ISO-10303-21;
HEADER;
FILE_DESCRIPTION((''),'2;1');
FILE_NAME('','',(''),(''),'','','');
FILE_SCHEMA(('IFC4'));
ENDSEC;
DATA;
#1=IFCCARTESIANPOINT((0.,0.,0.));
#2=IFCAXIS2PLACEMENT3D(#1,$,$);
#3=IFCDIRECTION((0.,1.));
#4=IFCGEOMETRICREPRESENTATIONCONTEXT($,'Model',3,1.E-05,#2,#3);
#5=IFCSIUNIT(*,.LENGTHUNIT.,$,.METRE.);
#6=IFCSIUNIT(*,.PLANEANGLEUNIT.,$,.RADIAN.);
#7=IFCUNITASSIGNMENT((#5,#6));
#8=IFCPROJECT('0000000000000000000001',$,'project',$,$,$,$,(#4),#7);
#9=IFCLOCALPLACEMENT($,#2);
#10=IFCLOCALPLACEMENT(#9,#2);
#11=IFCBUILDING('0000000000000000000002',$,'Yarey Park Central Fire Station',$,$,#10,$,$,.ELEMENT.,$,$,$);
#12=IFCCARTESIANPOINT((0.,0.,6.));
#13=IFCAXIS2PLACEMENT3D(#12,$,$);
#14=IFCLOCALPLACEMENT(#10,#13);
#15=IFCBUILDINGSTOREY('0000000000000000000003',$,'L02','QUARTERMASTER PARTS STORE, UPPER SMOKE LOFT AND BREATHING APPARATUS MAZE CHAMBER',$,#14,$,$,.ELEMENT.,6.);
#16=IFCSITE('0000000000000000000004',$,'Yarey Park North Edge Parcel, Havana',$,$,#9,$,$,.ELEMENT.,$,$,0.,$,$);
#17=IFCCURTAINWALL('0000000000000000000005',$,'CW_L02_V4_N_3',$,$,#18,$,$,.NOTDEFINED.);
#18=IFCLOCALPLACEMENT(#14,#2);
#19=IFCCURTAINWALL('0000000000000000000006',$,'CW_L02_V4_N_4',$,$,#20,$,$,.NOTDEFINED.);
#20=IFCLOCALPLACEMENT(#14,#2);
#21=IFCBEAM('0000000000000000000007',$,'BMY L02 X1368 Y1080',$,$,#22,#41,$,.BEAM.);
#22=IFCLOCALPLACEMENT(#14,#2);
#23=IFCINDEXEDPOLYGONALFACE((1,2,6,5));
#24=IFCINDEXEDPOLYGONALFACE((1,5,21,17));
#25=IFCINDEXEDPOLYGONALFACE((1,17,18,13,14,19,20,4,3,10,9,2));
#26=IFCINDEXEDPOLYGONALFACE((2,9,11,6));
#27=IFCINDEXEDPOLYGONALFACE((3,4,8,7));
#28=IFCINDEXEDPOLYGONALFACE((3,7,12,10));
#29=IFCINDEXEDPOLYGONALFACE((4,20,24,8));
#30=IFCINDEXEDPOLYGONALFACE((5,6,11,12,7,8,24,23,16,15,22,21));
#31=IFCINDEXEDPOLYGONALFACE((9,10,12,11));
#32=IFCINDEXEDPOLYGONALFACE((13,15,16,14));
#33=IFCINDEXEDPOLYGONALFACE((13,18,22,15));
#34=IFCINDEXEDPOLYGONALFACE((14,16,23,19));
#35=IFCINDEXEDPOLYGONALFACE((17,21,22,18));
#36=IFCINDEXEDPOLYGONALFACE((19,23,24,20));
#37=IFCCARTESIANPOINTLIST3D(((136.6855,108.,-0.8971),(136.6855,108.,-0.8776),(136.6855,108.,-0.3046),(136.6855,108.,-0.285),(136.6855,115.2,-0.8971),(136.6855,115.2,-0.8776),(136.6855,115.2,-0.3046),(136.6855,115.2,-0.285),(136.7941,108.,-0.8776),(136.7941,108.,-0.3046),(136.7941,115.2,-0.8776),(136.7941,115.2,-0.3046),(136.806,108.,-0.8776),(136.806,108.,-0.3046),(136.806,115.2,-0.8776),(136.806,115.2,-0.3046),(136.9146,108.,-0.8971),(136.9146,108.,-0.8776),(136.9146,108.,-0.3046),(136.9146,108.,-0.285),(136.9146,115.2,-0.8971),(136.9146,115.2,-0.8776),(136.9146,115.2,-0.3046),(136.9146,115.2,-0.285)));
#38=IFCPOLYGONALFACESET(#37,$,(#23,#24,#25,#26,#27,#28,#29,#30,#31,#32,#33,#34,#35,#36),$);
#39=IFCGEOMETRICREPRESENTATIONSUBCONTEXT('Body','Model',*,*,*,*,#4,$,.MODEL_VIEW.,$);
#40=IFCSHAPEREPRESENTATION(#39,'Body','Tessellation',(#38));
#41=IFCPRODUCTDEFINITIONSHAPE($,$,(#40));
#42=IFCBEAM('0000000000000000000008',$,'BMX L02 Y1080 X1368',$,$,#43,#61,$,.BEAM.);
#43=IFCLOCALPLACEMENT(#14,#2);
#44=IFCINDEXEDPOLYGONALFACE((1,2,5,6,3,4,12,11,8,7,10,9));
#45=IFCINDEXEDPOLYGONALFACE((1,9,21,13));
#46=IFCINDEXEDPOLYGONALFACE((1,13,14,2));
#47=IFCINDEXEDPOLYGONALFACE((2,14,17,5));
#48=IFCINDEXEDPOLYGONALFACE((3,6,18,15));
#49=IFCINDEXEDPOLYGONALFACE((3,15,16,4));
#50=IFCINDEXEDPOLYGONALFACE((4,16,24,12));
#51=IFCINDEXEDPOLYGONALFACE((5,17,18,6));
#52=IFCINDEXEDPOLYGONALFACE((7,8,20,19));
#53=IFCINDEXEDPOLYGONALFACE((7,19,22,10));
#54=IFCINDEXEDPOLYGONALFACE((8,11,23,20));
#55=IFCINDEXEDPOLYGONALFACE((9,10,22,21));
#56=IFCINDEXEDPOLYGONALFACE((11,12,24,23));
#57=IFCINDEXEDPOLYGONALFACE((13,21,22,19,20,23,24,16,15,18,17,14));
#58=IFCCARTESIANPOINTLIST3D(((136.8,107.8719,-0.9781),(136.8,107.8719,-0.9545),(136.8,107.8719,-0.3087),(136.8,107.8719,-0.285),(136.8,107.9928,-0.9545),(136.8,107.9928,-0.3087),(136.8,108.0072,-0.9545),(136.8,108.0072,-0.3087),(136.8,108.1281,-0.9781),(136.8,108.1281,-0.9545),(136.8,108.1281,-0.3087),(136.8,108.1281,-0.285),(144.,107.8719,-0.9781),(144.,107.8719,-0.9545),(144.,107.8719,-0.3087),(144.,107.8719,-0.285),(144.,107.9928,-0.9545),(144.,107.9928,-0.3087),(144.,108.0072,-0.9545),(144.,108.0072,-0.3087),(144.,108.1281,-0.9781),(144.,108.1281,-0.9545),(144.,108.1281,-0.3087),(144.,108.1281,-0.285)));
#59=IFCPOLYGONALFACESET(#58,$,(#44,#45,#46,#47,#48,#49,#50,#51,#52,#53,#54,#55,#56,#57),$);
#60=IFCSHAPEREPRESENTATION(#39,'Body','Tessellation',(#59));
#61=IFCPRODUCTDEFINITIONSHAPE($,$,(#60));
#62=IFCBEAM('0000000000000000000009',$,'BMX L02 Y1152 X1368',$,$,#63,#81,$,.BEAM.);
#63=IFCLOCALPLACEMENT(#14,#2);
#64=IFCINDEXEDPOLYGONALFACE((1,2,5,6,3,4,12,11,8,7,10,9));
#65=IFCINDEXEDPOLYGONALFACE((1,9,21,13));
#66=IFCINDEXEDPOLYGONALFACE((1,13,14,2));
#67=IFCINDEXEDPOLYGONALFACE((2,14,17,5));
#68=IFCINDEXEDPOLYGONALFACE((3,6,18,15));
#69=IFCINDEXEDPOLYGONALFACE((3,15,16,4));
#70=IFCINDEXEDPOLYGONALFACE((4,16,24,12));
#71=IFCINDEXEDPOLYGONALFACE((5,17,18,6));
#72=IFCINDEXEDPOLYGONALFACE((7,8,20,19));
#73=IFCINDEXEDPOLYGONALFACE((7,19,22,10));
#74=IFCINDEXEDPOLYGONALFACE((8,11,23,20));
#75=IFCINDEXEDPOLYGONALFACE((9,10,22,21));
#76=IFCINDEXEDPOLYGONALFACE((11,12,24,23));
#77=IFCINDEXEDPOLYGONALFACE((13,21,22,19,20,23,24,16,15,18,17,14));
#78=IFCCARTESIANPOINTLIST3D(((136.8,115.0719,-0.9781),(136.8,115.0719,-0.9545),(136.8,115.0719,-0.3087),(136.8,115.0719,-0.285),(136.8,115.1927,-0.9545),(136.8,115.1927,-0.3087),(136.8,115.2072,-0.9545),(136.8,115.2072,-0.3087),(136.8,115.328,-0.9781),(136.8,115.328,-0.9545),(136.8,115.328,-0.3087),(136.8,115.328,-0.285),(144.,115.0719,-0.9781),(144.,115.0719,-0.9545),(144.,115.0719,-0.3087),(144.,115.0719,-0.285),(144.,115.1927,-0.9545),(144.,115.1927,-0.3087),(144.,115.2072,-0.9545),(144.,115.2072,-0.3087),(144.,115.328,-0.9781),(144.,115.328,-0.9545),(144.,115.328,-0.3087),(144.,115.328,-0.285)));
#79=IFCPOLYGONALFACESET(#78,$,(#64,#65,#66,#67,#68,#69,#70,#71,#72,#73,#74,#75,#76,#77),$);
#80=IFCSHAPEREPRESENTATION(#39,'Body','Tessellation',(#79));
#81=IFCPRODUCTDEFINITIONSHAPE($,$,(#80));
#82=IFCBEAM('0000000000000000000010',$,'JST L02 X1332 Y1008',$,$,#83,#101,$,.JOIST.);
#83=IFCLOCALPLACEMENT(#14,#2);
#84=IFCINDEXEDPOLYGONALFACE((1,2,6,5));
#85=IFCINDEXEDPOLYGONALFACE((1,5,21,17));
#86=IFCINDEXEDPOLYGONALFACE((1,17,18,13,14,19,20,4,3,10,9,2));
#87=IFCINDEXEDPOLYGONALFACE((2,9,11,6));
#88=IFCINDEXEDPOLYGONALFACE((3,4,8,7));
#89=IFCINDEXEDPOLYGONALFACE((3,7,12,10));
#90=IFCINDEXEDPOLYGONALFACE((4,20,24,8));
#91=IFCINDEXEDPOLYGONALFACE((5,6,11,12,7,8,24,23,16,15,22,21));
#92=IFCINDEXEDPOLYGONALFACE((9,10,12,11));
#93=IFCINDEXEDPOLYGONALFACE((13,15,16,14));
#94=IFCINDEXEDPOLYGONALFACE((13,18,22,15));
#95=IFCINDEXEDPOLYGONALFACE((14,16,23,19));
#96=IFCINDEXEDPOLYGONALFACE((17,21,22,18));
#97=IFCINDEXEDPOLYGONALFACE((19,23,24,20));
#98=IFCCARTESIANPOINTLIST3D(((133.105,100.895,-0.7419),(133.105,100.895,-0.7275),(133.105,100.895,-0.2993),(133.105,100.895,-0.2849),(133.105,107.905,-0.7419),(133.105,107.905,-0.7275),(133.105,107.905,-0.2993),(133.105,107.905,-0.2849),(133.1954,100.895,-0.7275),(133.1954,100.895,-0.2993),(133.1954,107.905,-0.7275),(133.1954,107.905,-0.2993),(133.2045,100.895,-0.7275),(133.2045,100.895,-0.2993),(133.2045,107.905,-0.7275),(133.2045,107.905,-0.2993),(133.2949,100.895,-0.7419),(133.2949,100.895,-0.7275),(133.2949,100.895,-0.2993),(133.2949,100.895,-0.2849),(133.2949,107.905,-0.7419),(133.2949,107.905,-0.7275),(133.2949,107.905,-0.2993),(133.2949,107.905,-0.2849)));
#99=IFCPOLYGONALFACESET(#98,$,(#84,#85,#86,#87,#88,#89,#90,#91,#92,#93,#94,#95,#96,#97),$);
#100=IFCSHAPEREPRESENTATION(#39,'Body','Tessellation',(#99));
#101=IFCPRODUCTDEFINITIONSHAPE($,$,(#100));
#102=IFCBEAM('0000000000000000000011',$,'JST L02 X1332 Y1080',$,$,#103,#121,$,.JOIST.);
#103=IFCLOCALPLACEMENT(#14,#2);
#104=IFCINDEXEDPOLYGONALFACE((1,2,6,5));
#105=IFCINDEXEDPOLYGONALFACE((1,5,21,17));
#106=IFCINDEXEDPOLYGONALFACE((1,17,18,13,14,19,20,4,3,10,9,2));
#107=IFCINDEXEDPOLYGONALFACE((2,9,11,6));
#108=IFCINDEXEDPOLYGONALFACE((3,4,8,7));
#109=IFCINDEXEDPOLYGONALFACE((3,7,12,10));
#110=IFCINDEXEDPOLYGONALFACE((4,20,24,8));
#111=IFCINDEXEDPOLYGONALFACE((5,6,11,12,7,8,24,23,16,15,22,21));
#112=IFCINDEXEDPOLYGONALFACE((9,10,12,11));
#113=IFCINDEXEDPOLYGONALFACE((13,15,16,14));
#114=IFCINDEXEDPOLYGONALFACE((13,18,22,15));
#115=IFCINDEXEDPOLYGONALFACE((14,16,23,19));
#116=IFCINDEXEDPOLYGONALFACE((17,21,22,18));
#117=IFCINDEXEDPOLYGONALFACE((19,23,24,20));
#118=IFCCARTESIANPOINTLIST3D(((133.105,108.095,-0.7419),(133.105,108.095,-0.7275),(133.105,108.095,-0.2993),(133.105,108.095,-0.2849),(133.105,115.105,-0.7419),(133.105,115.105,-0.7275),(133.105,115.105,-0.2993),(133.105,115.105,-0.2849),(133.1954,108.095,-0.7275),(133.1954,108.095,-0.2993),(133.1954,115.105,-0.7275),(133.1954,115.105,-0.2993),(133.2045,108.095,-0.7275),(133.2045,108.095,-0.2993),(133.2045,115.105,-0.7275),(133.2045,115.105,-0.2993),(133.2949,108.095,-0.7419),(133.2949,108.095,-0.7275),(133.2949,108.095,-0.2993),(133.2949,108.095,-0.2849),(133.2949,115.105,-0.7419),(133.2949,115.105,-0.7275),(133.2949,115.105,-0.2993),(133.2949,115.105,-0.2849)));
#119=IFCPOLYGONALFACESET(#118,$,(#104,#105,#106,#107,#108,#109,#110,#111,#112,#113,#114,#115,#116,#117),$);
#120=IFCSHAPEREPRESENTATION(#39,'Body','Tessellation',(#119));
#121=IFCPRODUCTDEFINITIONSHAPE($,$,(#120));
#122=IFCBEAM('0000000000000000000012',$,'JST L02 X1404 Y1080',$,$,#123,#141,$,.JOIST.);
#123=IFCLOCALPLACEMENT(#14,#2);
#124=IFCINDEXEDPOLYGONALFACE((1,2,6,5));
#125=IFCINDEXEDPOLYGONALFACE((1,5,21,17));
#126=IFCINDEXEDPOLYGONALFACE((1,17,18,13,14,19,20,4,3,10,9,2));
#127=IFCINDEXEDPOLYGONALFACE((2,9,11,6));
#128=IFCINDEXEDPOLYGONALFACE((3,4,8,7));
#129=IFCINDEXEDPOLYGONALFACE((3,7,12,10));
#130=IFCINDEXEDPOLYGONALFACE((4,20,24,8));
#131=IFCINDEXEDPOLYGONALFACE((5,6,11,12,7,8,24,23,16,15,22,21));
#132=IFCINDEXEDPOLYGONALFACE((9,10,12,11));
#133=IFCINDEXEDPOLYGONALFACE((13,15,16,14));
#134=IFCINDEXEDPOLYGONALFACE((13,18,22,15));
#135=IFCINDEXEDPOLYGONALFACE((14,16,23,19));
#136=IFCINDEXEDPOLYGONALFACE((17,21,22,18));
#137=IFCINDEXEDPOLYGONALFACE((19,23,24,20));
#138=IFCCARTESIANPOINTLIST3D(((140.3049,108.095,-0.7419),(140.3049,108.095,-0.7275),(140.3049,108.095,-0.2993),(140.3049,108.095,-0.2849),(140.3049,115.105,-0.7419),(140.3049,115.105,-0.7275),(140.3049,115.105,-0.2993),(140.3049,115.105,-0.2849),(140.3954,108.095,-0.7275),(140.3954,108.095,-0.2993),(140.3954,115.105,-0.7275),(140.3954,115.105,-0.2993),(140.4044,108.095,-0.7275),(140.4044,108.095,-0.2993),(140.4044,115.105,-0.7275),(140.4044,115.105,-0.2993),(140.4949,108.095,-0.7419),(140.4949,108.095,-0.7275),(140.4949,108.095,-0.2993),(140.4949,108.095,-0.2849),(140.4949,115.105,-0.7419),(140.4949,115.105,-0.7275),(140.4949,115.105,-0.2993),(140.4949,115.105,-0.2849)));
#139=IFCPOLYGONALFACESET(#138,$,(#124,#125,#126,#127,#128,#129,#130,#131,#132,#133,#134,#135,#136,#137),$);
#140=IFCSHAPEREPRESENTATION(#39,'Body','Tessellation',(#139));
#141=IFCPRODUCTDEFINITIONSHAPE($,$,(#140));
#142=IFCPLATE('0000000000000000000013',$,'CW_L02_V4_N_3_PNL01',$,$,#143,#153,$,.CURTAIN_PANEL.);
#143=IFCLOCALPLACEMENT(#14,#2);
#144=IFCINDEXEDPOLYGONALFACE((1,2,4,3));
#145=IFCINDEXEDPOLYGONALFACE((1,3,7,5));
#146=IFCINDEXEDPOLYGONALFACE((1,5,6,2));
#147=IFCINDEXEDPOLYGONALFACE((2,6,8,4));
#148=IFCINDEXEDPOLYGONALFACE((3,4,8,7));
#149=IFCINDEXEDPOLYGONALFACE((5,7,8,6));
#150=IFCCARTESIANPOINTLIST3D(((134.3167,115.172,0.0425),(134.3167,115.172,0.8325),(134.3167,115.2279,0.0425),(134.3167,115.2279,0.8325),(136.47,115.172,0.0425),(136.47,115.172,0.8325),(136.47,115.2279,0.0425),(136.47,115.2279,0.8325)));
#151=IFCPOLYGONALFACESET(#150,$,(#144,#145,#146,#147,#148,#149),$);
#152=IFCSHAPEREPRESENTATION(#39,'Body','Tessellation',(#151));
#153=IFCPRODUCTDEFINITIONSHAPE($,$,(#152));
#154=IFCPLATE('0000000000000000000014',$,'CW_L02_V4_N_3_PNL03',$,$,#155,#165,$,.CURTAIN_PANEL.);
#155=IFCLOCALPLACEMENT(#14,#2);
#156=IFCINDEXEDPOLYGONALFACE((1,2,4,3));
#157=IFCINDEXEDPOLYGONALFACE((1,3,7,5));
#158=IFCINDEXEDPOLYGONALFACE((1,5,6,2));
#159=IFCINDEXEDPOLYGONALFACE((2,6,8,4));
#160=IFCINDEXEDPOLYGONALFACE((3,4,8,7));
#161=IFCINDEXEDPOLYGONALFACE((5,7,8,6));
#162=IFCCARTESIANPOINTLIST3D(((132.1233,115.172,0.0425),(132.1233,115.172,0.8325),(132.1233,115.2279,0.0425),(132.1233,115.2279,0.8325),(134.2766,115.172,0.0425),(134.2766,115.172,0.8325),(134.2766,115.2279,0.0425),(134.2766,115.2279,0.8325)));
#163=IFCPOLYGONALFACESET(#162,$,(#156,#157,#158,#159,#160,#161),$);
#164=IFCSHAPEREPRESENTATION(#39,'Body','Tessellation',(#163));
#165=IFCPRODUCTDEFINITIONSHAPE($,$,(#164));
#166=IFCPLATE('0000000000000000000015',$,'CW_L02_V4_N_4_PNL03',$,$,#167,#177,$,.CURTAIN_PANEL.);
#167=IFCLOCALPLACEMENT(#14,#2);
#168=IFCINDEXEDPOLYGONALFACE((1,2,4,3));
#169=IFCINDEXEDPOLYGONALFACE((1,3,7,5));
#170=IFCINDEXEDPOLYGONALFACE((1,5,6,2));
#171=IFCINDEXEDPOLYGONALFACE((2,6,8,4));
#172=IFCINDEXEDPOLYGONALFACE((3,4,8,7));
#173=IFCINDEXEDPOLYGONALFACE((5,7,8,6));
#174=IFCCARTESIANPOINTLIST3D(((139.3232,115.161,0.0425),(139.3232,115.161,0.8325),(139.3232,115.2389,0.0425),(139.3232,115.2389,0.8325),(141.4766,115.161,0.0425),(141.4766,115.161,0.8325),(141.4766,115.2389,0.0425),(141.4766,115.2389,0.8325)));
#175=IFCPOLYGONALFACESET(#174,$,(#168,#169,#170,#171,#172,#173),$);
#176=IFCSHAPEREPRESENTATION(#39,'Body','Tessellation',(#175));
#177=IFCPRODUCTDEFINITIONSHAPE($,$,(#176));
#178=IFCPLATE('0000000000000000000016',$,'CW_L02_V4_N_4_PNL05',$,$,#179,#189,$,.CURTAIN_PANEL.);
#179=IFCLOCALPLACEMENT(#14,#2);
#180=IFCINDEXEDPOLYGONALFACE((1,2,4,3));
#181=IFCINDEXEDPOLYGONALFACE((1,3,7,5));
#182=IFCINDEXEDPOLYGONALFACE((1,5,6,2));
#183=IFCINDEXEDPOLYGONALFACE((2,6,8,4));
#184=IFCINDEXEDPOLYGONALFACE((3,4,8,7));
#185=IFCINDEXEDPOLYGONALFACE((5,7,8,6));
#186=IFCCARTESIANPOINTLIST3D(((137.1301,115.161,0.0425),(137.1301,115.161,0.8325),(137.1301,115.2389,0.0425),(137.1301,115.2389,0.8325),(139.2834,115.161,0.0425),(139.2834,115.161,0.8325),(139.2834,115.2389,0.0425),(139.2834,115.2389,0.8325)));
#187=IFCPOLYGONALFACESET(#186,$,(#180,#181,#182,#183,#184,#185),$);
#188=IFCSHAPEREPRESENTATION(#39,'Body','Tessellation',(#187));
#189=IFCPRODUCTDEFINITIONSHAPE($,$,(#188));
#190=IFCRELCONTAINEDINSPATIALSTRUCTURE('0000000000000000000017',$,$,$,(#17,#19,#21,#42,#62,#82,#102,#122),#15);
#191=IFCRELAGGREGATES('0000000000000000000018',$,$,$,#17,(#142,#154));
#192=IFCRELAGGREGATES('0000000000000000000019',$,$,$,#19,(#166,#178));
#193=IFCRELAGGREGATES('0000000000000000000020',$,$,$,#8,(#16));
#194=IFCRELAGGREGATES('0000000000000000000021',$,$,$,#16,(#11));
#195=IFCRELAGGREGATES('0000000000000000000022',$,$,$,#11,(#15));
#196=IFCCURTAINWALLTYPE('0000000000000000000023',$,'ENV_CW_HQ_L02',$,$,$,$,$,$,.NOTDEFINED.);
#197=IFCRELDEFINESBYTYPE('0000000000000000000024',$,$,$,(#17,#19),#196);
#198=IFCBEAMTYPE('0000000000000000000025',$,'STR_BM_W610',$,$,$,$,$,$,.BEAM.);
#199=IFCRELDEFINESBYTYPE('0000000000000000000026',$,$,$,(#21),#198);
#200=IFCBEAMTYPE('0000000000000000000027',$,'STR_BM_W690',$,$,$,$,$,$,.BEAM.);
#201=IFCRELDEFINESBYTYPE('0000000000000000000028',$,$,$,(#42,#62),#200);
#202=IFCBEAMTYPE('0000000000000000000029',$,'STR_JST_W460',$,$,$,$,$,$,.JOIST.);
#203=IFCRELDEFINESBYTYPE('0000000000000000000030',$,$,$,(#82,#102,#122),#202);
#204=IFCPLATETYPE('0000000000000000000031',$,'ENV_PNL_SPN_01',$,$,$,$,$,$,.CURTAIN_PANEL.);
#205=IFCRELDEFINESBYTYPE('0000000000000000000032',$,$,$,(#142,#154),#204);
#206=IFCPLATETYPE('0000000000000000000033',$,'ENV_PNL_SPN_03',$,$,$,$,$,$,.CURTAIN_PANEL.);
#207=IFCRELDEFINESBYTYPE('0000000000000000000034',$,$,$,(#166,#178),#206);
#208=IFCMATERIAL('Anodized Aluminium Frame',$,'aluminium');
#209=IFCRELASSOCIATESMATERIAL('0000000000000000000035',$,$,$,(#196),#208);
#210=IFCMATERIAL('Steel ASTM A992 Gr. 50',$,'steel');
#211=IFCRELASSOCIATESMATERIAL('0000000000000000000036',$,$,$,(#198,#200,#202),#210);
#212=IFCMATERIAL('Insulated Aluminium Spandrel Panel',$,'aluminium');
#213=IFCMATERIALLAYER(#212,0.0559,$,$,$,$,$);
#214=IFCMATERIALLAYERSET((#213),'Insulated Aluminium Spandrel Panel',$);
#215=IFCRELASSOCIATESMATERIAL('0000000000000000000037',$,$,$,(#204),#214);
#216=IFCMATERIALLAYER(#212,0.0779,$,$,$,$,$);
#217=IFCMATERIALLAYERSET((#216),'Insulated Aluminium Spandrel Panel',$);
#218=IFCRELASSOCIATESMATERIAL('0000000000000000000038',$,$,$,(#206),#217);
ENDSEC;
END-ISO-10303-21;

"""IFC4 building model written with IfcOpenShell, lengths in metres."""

from ifc_helpers import new_model, si_unit, direction, frame, origin, origin_2d, place, context, subcontext, project, spatial, rectangle, i_section, extrude, material, layer, layer_set, material_profile, profile_set, type_object, element, aggregate, save


model = new_model("IFC4")

# Units and contexts
model_context = context("Model", 3, precision=1e-05, world=origin(), true_north=direction((0.0, 1.0)))
body_context = subcontext(model_context, "Body", "Model", "MODEL_VIEW")
ifc_project = project(units=[si_unit("LENGTHUNIT", "METRE"), si_unit("PLANEANGLEUNIT", "RADIAN")], contexts=[model_context])

# Site, building, storey
site_placement = place(None, origin())
site = spatial("IfcSite", under=ifc_project, at=site_placement, Name="Yarey Park North Edge Parcel, Havana", CompositionType="ELEMENT", RefElevation=0.0)
building_placement = place(site_placement, origin())
building = spatial("IfcBuilding", under=site, at=building_placement, Name="Yarey Park Central Fire Station", CompositionType="ELEMENT")
storey_placement = place(building_placement, frame((0.0, 0.0, 6.0)))
storey = spatial("IfcBuildingStorey", under=building, at=storey_placement, Name="L02", Description="QUARTERMASTER PARTS STORE, UPPER SMOKE LOFT AND BREATHING APPARATUS MAZE CHAMBER", CompositionType="ELEMENT", Elevation=6.0)

# Curtain walls
ifc_material_1 = material(Name="Anodized Aluminium Frame", Category="aluminium")
curtain_wall_type = type_object("IfcCurtainWallType", Name="ENV_CW_HQ_L02", PredefinedType="NOTDEFINED", material=ifc_material_1)
curtain_wall_1_placement = place(storey_placement, origin())
curtain_wall_1 = element("IfcCurtainWall", 1, at=curtain_wall_1_placement, inside=storey, type_object=curtain_wall_type, Name="CW_L02_V4_N_3", PredefinedType="NOTDEFINED")
curtain_wall_2_placement = place(storey_placement, origin())
curtain_wall_2 = element("IfcCurtainWall", 2, at=curtain_wall_2_placement, inside=storey, type_object=curtain_wall_type, Name="CW_L02_V4_N_4", PredefinedType="NOTDEFINED")

# Beams
ifc_material_2 = material(Name="Steel ASTM A992 Gr. 50", Category="steel")
ifc_material_profile_1 = material_profile(ifc_material_2, i_section(OverallWidth=0.229, OverallDepth=0.6121, WebThickness=0.012, FlangeThickness=0.0195, at=origin_2d()), Name="W610x125")
ifc_profile_set_1 = profile_set([ifc_material_profile_1], Name="Steel ASTM A992 Gr. 50")
beam_type_1 = type_object("IfcBeamType", Name="STR_BM_W610", PredefinedType="BEAM", material=ifc_profile_set_1)
for number, where, z_axis, x_axis, name in (
    (3, (136.8, 108.0, -0.5911), (0.0, 1.0, 0.0), (-1.0, 0.0, 0.0), "BMY L02 X1368 Y1080"),
):
    element("IfcBeam", number, at=place(storey_placement, frame(where, z_axis=z_axis, x_axis=x_axis)), inside=storey, type_object=beam_type_1, Name=name, PredefinedType="BEAM", context=body_context, shape_type="SweptSolid", body=[
        extrude(i_section(OverallWidth=0.229, OverallDepth=0.6121, WebThickness=0.012, FlangeThickness=0.0195, at=origin_2d()), origin(), (0.0, 0.0, 1.0), 7.2),
    ])
ifc_material_profile_2 = material_profile(ifc_material_2, i_section(OverallWidth=0.2561, OverallDepth=0.6931, WebThickness=0.0144, FlangeThickness=0.0237, at=origin_2d()), Name="W690x170")
ifc_profile_set_2 = profile_set([ifc_material_profile_2], Name="Steel ASTM A992 Gr. 50")
beam_type_2 = type_object("IfcBeamType", Name="STR_BM_W690", PredefinedType="BEAM", material=ifc_profile_set_2)
for number, where, z_axis, x_axis, name in (
    (4, (136.8, 108.0, -0.6316), (1.0, 0.0, 0.0), (0.0, 1.0, 0.0), "BMX L02 Y1080 X1368"),
    (5, (136.8, 115.2, -0.6316), (1.0, 0.0, 0.0), (0.0, 1.0, 0.0), "BMX L02 Y1152 X1368"),
):
    element("IfcBeam", number, at=place(storey_placement, frame(where, z_axis=z_axis, x_axis=x_axis)), inside=storey, type_object=beam_type_2, Name=name, PredefinedType="BEAM", context=body_context, shape_type="SweptSolid", body=[
        extrude(i_section(OverallWidth=0.2561, OverallDepth=0.6931, WebThickness=0.0144, FlangeThickness=0.0237, at=origin_2d()), origin(), (0.0, 0.0, 1.0), 7.2),
    ])
ifc_material_profile_3 = material_profile(ifc_material_2, i_section(OverallWidth=0.1899, OverallDepth=0.457, WebThickness=0.009, FlangeThickness=0.0144, at=origin_2d()), Name="W460x74")
ifc_profile_set_3 = profile_set([ifc_material_profile_3], Name="Steel ASTM A992 Gr. 50")
beam_type_3 = type_object("IfcBeamType", Name="STR_JST_W460", PredefinedType="JOIST", material=ifc_profile_set_3)
for number, where, z_axis, x_axis, name in (
    (6, (133.2, 100.895, -0.5134), (0.0, 1.0, 0.0), (-1.0, 0.0, 0.0), "JST L02 X1332 Y1008"),
    (7, (133.2, 108.095, -0.5134), (0.0, 1.0, 0.0), (-1.0, 0.0, 0.0), "JST L02 X1332 Y1080"),
    (8, (140.3999, 108.095, -0.5134), (0.0, 1.0, 0.0), (-1.0, 0.0, 0.0), "JST L02 X1404 Y1080"),
):
    element("IfcBeam", number, at=place(storey_placement, frame(where, z_axis=z_axis, x_axis=x_axis)), inside=storey, type_object=beam_type_3, Name=name, PredefinedType="JOIST", context=body_context, shape_type="SweptSolid", body=[
        extrude(i_section(OverallWidth=0.1899, OverallDepth=0.457, WebThickness=0.009, FlangeThickness=0.0144, at=origin_2d()), origin(), (0.0, 0.0, 1.0), 7.01),
    ])

# Plates
ifc_material_3 = material(Name="Insulated Aluminium Spandrel Panel", Category="aluminium")
ifc_layer_1 = layer(ifc_material_3, 0.0559)
ifc_layer_set_1 = layer_set([ifc_layer_1], Name="Insulated Aluminium Spandrel Panel")
plate_type_1 = type_object("IfcPlateType", Name="ENV_PNL_SPN_01", PredefinedType="CURTAIN_PANEL", material=ifc_layer_set_1)
plate_1_placement = place(storey_placement, frame((135.3933, 115.2, 0.0425), z_axis=(0.0, 0.0, 1.0), x_axis=(-1.0, 0.0, 0.0)))
plate_1 = element("IfcPlate", 9, at=plate_1_placement, type_object=plate_type_1, Name="CW_L02_V4_N_3_PNL01", PredefinedType="CURTAIN_PANEL", context=body_context, shape_type="SweptSolid", body=[
    extrude(rectangle(XDim=2.1533, YDim=0.0559, at=origin_2d()), origin(), (0.0, 0.0, 1.0), 0.79),
])
plate_2_placement = place(storey_placement, frame((133.2, 115.2, 0.0425), z_axis=(0.0, 0.0, 1.0), x_axis=(-1.0, 0.0, 0.0)))
plate_2 = element("IfcPlate", 10, at=plate_2_placement, type_object=plate_type_1, Name="CW_L02_V4_N_3_PNL03", PredefinedType="CURTAIN_PANEL", context=body_context, shape_type="SweptSolid", body=[
    extrude(rectangle(XDim=2.1533, YDim=0.0559, at=origin_2d()), origin(), (0.0, 0.0, 1.0), 0.79),
])
ifc_layer_2 = layer(ifc_material_3, 0.0779)
ifc_layer_set_2 = layer_set([ifc_layer_2], Name="Insulated Aluminium Spandrel Panel")
plate_type_2 = type_object("IfcPlateType", Name="ENV_PNL_SPN_03", PredefinedType="CURTAIN_PANEL", material=ifc_layer_set_2)
plate_3_placement = place(storey_placement, frame((140.3999, 115.2, 0.0425), z_axis=(0.0, 0.0, 1.0), x_axis=(-1.0, 0.0, 0.0)))
plate_3 = element("IfcPlate", 11, at=plate_3_placement, type_object=plate_type_2, Name="CW_L02_V4_N_4_PNL03", PredefinedType="CURTAIN_PANEL", context=body_context, shape_type="SweptSolid", body=[
    extrude(rectangle(XDim=2.1533, YDim=0.0779, at=origin_2d()), origin(), (0.0, 0.0, 1.0), 0.79),
])
plate_4_placement = place(storey_placement, frame((138.2068, 115.2, 0.0425), z_axis=(0.0, 0.0, 1.0), x_axis=(-1.0, 0.0, 0.0)))
plate_4 = element("IfcPlate", 12, at=plate_4_placement, type_object=plate_type_2, Name="CW_L02_V4_N_4_PNL05", PredefinedType="CURTAIN_PANEL", context=body_context, shape_type="SweptSolid", body=[
    extrude(rectangle(XDim=2.1533, YDim=0.0779, at=origin_2d()), origin(), (0.0, 0.0, 1.0), 0.79),
])
aggregate(curtain_wall_1, [plate_1, plate_2])
aggregate(curtain_wall_2, [plate_3, plate_4])

save(model, "model.ifc")
